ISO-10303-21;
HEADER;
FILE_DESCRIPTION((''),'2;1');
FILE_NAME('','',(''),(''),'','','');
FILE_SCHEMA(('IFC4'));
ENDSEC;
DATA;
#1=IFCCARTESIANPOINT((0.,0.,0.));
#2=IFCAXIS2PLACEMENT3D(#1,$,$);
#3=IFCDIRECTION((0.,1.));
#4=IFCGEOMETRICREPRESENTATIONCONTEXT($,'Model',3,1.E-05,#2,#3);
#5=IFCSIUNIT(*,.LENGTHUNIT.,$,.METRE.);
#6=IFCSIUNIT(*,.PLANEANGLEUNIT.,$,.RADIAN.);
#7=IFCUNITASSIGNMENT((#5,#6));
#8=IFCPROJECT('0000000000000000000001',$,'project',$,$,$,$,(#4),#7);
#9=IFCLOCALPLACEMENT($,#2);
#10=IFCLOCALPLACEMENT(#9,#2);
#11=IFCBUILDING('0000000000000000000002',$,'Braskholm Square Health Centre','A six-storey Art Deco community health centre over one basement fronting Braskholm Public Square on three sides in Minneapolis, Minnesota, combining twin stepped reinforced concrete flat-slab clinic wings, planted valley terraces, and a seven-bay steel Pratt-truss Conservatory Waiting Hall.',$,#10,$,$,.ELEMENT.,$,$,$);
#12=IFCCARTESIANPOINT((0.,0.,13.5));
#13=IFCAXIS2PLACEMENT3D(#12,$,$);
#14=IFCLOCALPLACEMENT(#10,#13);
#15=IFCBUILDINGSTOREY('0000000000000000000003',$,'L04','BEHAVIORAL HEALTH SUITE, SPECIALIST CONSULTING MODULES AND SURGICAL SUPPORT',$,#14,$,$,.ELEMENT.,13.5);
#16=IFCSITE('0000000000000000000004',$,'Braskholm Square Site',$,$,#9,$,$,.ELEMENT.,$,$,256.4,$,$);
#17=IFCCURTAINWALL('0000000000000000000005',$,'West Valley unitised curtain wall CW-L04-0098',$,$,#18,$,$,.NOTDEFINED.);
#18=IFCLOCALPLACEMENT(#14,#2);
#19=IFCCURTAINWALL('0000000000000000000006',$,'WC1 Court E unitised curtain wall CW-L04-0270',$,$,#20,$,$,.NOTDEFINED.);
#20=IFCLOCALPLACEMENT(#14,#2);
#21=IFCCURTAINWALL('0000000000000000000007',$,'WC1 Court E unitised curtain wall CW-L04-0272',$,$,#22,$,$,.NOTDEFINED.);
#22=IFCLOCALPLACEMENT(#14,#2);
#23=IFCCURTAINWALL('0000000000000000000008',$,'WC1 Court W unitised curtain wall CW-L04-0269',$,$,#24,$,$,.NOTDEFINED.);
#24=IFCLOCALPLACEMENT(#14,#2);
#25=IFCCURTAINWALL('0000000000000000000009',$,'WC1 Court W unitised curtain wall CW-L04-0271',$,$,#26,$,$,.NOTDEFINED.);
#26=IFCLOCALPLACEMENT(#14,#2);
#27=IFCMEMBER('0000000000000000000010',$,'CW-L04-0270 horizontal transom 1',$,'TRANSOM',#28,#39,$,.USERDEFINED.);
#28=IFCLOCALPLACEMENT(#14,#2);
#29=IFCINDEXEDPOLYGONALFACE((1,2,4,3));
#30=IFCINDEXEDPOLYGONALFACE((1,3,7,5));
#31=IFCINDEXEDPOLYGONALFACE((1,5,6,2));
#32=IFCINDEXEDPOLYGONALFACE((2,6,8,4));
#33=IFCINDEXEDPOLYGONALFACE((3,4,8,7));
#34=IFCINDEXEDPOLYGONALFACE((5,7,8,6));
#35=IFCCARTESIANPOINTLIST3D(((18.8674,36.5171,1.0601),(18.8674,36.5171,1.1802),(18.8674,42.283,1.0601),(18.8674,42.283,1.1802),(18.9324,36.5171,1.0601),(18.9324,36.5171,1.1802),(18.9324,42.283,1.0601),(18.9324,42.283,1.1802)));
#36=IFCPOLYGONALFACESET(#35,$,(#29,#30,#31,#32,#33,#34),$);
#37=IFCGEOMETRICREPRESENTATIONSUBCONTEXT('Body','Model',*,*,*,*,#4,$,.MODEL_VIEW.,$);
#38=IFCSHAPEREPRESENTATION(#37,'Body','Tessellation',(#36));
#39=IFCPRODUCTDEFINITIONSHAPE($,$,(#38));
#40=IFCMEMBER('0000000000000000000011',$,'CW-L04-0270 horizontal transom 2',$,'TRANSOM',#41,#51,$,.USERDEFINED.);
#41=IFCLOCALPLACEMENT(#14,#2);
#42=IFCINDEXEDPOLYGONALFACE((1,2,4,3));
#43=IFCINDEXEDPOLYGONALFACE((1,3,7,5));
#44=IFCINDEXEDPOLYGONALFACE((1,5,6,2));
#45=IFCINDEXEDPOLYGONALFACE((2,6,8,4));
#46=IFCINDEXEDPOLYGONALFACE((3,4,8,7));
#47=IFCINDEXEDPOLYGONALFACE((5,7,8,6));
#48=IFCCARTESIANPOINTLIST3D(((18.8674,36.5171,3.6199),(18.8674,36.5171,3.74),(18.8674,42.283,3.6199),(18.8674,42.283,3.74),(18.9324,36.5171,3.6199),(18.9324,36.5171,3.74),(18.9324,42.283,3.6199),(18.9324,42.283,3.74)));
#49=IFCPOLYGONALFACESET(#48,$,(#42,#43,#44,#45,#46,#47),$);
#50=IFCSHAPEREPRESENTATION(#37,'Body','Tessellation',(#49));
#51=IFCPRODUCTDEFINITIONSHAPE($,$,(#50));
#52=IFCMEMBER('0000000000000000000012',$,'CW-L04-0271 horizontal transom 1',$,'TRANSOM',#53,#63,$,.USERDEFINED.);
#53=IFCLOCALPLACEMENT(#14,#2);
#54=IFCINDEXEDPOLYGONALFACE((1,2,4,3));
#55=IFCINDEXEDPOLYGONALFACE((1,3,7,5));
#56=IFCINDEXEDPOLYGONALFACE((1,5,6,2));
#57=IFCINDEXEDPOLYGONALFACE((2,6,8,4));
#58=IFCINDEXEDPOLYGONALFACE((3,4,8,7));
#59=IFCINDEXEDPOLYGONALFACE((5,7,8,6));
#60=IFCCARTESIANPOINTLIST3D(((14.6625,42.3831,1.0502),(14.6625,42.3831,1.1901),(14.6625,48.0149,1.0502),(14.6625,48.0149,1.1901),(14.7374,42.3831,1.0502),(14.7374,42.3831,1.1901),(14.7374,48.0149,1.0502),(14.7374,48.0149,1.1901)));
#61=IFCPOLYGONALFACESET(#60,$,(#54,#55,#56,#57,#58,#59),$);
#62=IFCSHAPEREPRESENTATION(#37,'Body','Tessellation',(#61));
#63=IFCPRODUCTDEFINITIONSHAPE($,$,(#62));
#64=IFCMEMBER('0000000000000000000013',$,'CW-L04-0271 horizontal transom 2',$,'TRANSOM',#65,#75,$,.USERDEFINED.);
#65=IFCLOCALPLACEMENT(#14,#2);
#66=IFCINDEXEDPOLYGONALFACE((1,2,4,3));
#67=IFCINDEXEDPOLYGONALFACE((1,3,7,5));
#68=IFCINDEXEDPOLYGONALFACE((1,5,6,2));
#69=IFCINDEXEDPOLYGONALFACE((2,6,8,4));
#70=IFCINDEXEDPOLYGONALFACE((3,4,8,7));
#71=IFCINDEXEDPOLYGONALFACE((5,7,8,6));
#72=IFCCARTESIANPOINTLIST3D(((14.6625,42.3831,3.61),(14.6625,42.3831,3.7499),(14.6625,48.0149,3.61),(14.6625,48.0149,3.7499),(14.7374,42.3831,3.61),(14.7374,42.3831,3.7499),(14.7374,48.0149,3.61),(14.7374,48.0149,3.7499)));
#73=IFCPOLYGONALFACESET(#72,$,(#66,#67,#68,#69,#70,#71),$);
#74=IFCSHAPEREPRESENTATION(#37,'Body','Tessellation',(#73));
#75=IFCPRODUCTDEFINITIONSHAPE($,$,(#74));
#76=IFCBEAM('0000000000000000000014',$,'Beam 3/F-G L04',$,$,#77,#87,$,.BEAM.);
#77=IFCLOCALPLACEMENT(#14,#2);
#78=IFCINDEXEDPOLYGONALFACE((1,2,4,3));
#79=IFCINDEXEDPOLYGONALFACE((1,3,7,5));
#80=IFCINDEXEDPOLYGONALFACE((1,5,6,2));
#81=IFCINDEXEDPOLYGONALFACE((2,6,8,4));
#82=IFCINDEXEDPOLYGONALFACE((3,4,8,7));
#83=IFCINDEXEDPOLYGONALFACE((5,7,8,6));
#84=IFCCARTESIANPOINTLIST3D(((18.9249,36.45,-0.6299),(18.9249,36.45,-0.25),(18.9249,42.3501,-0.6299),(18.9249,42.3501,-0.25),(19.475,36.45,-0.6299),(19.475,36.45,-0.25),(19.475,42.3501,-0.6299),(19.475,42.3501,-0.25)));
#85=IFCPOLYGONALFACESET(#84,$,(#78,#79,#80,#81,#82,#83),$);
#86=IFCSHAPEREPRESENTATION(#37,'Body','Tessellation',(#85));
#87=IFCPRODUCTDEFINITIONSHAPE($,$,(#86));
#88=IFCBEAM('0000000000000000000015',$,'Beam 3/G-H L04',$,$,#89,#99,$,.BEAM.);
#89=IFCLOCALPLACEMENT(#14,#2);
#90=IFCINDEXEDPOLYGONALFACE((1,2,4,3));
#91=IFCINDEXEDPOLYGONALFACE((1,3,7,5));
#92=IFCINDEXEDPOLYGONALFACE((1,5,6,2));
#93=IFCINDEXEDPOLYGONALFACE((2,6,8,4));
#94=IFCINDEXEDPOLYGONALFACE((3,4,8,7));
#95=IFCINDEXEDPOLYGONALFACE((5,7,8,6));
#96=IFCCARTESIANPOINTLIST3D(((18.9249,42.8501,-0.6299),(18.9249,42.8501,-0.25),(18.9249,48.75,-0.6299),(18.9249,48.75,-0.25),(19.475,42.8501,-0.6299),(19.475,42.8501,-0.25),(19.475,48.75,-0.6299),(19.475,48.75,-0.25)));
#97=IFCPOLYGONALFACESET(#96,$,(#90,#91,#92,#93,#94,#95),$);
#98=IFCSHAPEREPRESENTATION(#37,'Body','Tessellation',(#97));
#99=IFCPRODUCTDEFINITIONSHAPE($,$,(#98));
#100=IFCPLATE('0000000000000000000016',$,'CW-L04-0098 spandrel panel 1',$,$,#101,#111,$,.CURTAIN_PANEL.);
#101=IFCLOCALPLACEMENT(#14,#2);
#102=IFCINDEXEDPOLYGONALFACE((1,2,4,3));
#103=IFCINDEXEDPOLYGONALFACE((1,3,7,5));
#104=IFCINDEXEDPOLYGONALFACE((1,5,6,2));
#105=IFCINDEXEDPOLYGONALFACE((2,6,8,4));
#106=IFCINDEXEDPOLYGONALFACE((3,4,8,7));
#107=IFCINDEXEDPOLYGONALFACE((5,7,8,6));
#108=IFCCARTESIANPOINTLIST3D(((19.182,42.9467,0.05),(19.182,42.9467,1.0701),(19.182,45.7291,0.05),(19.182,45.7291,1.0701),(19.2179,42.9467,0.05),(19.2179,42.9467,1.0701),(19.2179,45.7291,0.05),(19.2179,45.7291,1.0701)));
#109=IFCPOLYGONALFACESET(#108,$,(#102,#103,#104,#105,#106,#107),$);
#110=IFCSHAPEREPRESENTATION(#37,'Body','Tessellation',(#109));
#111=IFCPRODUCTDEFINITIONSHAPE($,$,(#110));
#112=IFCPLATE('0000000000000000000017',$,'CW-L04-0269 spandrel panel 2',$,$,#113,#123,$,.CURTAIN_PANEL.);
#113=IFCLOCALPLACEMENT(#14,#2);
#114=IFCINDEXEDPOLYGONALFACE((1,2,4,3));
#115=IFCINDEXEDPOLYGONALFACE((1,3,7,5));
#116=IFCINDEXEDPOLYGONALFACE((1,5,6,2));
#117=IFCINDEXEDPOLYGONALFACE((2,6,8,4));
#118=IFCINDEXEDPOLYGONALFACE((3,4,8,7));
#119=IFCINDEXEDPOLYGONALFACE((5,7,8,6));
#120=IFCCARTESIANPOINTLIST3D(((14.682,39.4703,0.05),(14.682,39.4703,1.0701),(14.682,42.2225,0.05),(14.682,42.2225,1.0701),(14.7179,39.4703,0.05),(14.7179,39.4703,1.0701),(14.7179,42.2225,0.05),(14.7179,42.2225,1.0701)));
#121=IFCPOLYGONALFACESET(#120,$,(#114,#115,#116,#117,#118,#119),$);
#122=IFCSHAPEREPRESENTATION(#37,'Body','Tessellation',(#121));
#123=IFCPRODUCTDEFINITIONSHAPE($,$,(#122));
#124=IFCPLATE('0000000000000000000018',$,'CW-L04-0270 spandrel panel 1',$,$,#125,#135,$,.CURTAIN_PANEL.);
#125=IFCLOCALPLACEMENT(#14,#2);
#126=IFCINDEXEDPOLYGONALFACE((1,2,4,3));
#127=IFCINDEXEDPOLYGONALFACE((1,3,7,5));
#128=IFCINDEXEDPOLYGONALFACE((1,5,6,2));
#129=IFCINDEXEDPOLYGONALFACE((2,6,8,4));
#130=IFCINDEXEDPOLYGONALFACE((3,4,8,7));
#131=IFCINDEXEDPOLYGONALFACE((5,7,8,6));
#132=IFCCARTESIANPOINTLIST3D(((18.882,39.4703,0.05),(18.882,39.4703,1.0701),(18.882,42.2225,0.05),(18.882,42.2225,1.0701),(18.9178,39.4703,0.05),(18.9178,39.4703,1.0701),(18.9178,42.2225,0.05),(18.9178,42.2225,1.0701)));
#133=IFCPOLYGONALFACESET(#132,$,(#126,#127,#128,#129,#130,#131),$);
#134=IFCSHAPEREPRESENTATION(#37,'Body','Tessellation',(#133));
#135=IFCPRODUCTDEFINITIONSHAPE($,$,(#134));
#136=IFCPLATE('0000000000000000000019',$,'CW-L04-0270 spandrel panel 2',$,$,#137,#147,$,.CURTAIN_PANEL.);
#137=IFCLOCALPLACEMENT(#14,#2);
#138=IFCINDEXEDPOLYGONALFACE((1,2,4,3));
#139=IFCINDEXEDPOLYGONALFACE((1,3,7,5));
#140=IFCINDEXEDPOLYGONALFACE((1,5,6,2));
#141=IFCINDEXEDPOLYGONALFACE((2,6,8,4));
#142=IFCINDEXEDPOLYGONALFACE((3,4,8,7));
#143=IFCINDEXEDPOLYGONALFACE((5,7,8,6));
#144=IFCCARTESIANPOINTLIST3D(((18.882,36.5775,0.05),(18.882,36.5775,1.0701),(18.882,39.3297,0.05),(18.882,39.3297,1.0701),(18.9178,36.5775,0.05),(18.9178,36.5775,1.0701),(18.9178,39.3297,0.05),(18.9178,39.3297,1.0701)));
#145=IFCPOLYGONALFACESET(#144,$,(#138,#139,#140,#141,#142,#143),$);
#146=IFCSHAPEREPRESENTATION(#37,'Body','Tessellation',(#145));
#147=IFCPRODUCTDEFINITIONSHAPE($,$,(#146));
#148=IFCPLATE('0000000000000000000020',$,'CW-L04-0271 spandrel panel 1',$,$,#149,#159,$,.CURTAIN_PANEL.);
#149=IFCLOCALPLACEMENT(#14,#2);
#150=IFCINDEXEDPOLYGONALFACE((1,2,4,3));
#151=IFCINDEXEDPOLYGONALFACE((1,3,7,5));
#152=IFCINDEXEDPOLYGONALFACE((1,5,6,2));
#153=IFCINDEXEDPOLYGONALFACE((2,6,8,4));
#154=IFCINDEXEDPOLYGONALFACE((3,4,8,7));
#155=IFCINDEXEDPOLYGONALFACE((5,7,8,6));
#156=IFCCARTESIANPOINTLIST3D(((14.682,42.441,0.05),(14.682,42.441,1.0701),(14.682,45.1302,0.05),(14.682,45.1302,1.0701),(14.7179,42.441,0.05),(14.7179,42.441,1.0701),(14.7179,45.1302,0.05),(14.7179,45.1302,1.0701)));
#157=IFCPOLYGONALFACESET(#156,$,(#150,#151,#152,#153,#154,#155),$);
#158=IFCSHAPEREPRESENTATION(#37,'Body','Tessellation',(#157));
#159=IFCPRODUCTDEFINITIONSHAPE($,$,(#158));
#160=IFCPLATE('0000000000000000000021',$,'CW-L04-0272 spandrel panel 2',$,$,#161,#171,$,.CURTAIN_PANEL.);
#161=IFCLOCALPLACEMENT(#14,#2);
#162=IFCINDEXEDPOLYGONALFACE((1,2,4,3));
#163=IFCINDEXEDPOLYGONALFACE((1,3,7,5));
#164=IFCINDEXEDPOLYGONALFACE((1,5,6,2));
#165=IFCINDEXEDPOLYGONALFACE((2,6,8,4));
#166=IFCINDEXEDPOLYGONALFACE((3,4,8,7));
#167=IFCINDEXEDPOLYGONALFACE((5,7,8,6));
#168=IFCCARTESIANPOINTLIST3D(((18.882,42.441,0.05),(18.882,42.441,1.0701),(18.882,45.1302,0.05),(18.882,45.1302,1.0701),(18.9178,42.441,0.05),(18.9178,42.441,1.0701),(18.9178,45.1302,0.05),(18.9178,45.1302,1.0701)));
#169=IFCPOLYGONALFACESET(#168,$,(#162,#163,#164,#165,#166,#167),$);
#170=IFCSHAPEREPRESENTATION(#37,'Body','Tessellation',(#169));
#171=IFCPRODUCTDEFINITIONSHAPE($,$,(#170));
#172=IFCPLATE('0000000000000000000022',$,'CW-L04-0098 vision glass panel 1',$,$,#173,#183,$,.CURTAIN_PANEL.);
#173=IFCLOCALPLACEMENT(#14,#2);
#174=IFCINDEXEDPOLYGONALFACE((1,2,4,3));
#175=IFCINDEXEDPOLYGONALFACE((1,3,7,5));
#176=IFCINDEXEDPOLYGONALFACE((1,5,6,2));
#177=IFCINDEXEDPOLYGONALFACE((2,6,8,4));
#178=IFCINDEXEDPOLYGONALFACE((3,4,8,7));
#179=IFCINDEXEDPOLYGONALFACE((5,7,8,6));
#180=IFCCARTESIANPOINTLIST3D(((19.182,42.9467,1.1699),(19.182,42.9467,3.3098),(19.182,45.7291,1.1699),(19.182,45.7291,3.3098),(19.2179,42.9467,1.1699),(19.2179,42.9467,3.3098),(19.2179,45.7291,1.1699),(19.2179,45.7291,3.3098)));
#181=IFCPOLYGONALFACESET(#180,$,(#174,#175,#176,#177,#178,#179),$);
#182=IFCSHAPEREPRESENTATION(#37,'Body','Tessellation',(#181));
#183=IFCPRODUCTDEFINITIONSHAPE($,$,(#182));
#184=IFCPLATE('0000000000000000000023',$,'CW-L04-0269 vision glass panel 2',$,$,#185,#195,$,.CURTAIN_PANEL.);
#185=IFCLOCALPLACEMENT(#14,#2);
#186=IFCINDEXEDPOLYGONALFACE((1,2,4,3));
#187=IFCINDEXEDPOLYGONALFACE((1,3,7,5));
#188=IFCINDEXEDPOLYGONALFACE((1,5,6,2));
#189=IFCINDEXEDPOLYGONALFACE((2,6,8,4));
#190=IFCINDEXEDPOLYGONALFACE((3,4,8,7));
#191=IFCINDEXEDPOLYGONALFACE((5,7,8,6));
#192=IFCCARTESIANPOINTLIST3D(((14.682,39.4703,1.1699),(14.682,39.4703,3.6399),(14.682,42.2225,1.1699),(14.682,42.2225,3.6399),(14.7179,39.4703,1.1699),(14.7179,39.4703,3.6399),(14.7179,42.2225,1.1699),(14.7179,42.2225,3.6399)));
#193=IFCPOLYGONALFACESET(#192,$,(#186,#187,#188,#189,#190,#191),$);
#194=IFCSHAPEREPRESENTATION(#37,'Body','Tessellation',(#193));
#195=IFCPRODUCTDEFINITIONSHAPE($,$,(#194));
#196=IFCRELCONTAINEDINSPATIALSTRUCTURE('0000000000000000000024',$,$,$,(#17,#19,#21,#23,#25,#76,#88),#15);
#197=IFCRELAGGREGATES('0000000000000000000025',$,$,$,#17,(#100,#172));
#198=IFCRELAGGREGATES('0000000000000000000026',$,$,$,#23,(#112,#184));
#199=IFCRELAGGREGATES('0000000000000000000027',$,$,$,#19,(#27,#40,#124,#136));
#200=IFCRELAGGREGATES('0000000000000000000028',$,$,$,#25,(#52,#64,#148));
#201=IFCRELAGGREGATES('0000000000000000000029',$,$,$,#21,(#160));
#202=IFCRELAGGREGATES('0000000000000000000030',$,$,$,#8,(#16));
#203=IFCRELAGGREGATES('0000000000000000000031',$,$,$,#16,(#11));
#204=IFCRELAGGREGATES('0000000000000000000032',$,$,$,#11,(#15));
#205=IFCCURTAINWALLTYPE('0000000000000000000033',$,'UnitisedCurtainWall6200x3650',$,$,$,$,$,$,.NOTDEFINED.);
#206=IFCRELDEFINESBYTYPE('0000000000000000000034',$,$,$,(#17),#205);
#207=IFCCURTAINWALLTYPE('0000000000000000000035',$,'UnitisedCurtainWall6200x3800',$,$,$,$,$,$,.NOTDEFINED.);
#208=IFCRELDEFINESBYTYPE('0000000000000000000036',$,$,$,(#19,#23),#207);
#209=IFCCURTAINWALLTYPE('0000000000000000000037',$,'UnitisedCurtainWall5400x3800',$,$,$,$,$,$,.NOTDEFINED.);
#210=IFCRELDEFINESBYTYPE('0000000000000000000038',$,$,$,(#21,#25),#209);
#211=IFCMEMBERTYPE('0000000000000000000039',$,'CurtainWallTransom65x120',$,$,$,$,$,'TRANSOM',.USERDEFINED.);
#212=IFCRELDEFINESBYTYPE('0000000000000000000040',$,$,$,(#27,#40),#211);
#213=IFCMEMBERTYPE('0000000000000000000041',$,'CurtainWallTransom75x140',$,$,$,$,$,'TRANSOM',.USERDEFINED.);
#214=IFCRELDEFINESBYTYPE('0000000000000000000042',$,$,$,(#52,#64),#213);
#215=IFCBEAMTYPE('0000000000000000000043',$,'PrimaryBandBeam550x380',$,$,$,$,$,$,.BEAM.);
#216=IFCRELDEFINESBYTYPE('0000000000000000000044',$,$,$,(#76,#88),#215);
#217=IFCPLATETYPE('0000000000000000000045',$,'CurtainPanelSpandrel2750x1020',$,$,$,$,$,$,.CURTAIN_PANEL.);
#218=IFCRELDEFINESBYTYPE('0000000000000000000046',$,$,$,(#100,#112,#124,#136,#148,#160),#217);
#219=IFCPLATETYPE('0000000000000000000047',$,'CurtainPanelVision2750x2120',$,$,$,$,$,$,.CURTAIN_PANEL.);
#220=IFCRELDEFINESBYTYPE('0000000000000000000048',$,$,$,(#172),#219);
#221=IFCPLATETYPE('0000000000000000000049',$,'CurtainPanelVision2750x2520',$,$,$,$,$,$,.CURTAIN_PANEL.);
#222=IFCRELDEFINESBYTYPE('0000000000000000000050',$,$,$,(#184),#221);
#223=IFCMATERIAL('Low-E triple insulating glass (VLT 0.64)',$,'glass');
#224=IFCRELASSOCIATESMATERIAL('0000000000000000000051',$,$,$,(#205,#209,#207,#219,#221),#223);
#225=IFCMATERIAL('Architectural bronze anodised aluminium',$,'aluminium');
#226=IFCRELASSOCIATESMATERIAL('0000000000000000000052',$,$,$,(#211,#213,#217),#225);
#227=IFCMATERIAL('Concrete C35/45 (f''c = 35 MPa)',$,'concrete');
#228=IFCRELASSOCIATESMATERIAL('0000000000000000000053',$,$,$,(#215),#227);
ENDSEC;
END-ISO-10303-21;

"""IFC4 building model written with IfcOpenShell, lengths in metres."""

from ifc_helpers import new_model, si_unit, direction, frame, origin, origin_2d, place, context, subcontext, project, spatial, rectangle, extrude, material, material_profile, profile_set, type_object, element, aggregate, save


model = new_model("IFC4")

# Units and contexts
model_context = context("Model", 3, precision=1e-05, world=origin(), true_north=direction((0.0, 1.0)))
body_context = subcontext(model_context, "Body", "Model", "MODEL_VIEW")
ifc_project = project(units=[si_unit("LENGTHUNIT", "METRE"), si_unit("PLANEANGLEUNIT", "RADIAN")], contexts=[model_context])

# Site, building, storey
site_placement = place(None, origin())
site = spatial("IfcSite", under=ifc_project, at=site_placement, Name="Braskholm Square Site", CompositionType="ELEMENT", RefElevation=256.4)
building_placement = place(site_placement, origin())
building = spatial("IfcBuilding", under=site, at=building_placement, Name="Braskholm Square Health Centre", Description="A six-storey Art Deco community health centre over one basement fronting Braskholm Public Square on three sides in Minneapolis, Minnesota, combining twin stepped reinforced concrete flat-slab clinic wings, planted valley terraces, and a seven-bay steel Pratt-truss Conservatory Waiting Hall.", CompositionType="ELEMENT")
storey_placement = place(building_placement, frame((0.0, 0.0, 13.5)))
storey = spatial("IfcBuildingStorey", under=building, at=storey_placement, Name="L04", Description="BEHAVIORAL HEALTH SUITE, SPECIALIST CONSULTING MODULES AND SURGICAL SUPPORT", CompositionType="ELEMENT", Elevation=13.5)

# Curtain wall
ifc_material_1 = material(Name="Low-E triple insulating glass (VLT 0.64)", Category="glass")
curtain_wall_type_1 = type_object("IfcCurtainWallType", Name="UnitisedCurtainWall6200x3650", PredefinedType="NOTDEFINED", material=ifc_material_1)
curtain_wall_1_placement = place(storey_placement, origin())
curtain_wall_1 = element("IfcCurtainWall", 1, at=curtain_wall_1_placement, inside=storey, type_object=curtain_wall_type_1, Name="West Valley unitised curtain wall CW-L04-0098", PredefinedType="NOTDEFINED")
ifc_material_2 = material(Name="Architectural bronze anodised aluminium", Category="aluminium")
curtain_wall_type_2 = type_object("IfcCurtainWallType", Name="UnitisedCurtainWall5400x3800", PredefinedType="NOTDEFINED", material=ifc_material_1)

# Curtain wall
curtain_wall_type_3 = type_object("IfcCurtainWallType", Name="UnitisedCurtainWall6200x3800", PredefinedType="NOTDEFINED", material=ifc_material_1)
curtain_wall_2_placement = place(storey_placement, origin())
curtain_wall_2 = element("IfcCurtainWall", 2, at=curtain_wall_2_placement, inside=storey, type_object=curtain_wall_type_3, Name="WC1 Court E unitised curtain wall CW-L04-0270", PredefinedType="NOTDEFINED")

# Curtain walls
curtain_wall_3_placement = place(storey_placement, origin())
curtain_wall_3 = element("IfcCurtainWall", 3, at=curtain_wall_3_placement, inside=storey, type_object=curtain_wall_type_2, Name="WC1 Court E unitised curtain wall CW-L04-0272", PredefinedType="NOTDEFINED")
curtain_wall_4_placement = place(storey_placement, origin())
curtain_wall_4 = element("IfcCurtainWall", 4, at=curtain_wall_4_placement, inside=storey, type_object=curtain_wall_type_3, Name="WC1 Court W unitised curtain wall CW-L04-0269", PredefinedType="NOTDEFINED")
curtain_wall_5_placement = place(storey_placement, origin())
curtain_wall_5 = element("IfcCurtainWall", 5, at=curtain_wall_5_placement, inside=storey, type_object=curtain_wall_type_2, Name="WC1 Court W unitised curtain wall CW-L04-0271", PredefinedType="NOTDEFINED")

# Members
ifc_material_profile_1 = material_profile(ifc_material_2, rectangle(XDim=0.0649, YDim=0.1201, at=origin_2d()), Name="ALU-65X120")
ifc_profile_set_1 = profile_set([ifc_material_profile_1], Name="Architectural bronze anodised aluminium")
member_type_1 = type_object("IfcMemberType", Name="CurtainWallTransom65x120", ElementType="TRANSOM", PredefinedType="USERDEFINED", material=ifc_profile_set_1)
member_1_placement = place(storey_placement, frame((18.8999, 42.283, 1.1201), z_axis=(0.0, -1.0, 0.0), x_axis=(1.0, 0.0, 0.0)))
member_1 = element("IfcMember", 6, at=member_1_placement, type_object=member_type_1, Name="CW-L04-0270 horizontal transom 1", ObjectType="TRANSOM", PredefinedType="USERDEFINED", context=body_context, shape_type="SweptSolid", body=[
    extrude(rectangle(XDim=0.0649, YDim=0.1201, at=origin_2d()), origin(), (0.0, 0.0, 1.0), 5.7659),
])
member_2_placement = place(storey_placement, frame((18.8999, 42.283, 3.6799), z_axis=(0.0, -1.0, 0.0), x_axis=(1.0, 0.0, 0.0)))
member_2 = element("IfcMember", 7, at=member_2_placement, type_object=member_type_1, Name="CW-L04-0270 horizontal transom 2", ObjectType="TRANSOM", PredefinedType="USERDEFINED", context=body_context, shape_type="SweptSolid", body=[
    extrude(rectangle(XDim=0.0649, YDim=0.1201, at=origin_2d()), origin(), (0.0, 0.0, 1.0), 5.7659),
])
ifc_material_profile_2 = material_profile(ifc_material_2, rectangle(XDim=0.075, YDim=0.1399, at=origin_2d()), Name="ALU-75X140")
ifc_profile_set_2 = profile_set([ifc_material_profile_2], Name="Architectural bronze anodised aluminium")
member_type_2 = type_object("IfcMemberType", Name="CurtainWallTransom75x140", ElementType="TRANSOM", PredefinedType="USERDEFINED", material=ifc_profile_set_2)
member_3_placement = place(storey_placement, frame((14.7, 42.3831, 1.1201), z_axis=(0.0, 1.0, 0.0), x_axis=(-1.0, 0.0, 0.0)))
member_3 = element("IfcMember", 8, at=member_3_placement, type_object=member_type_2, Name="CW-L04-0271 horizontal transom 1", ObjectType="TRANSOM", PredefinedType="USERDEFINED", context=body_context, shape_type="SweptSolid", body=[
    extrude(rectangle(XDim=0.075, YDim=0.1399, at=origin_2d()), origin(), (0.0, 0.0, 1.0), 5.6318),
])
member_4_placement = place(storey_placement, frame((14.7, 42.3831, 3.6799), z_axis=(0.0, 1.0, 0.0), x_axis=(-1.0, 0.0, 0.0)))
member_4 = element("IfcMember", 9, at=member_4_placement, type_object=member_type_2, Name="CW-L04-0271 horizontal transom 2", ObjectType="TRANSOM", PredefinedType="USERDEFINED", context=body_context, shape_type="SweptSolid", body=[
    extrude(rectangle(XDim=0.075, YDim=0.1399, at=origin_2d()), origin(), (0.0, 0.0, 1.0), 5.6318),
])

# Beams
ifc_material_3 = material(Name="Concrete C35/45 (f'c = 35 MPa)", Category="concrete")
ifc_material_profile_3 = material_profile(ifc_material_3, rectangle(XDim=0.55, YDim=0.3799, at=origin_2d()), Name="RCB-550X380")
ifc_profile_set_3 = profile_set([ifc_material_profile_3], Name="Concrete C35/45 (f'c = 35 MPa)")
beam_type = type_object("IfcBeamType", Name="PrimaryBandBeam550x380", PredefinedType="BEAM", material=ifc_profile_set_3)
beam_1_placement = place(storey_placement, frame((19.2, 36.45, -0.4399), z_axis=(0.0, 1.0, 0.0), x_axis=(-1.0, 0.0, 0.0)))
element("IfcBeam", 10, at=beam_1_placement, inside=storey, type_object=beam_type, Name="Beam 3/F-G L04", PredefinedType="BEAM", context=body_context, shape_type="SweptSolid", body=[
    extrude(rectangle(XDim=0.55, YDim=0.3799, at=origin_2d()), origin(), (0.0, 0.0, 1.0), 5.9001),
])
beam_2_placement = place(storey_placement, frame((19.2, 42.8501, -0.4399), z_axis=(0.0, 1.0, 0.0), x_axis=(-1.0, 0.0, 0.0)))
element("IfcBeam", 11, at=beam_2_placement, inside=storey, type_object=beam_type, Name="Beam 3/G-H L04", PredefinedType="BEAM", context=body_context, shape_type="SweptSolid", body=[
    extrude(rectangle(XDim=0.55, YDim=0.3799, at=origin_2d()), origin(), (0.0, 0.0, 1.0), 5.8999),
])

# Plates
plate_type_1 = type_object("IfcPlateType", Name="CurtainPanelSpandrel2750x1020", PredefinedType="CURTAIN_PANEL", material=ifc_material_2)
plate_1_placement = place(storey_placement, frame((19.2, 44.3379, 0.05), z_axis=(0.0, 0.0, 1.0), x_axis=(0.0, 1.0, 0.0)))
plate_1 = element("IfcPlate", 12, at=plate_1_placement, type_object=plate_type_1, Name="CW-L04-0098 spandrel panel 1", PredefinedType="CURTAIN_PANEL", context=body_context, shape_type="SweptSolid", body=[
    extrude(rectangle(XDim=2.7825, YDim=0.0359, at=origin_2d()), origin(), (0.0, 0.0, 1.0), 1.02),
])
plate_2_placement = place(storey_placement, frame((14.7, 40.8464, 0.05), z_axis=(0.0, 0.0, 1.0), x_axis=(0.0, 1.0, 0.0)))
plate_2 = element("IfcPlate", 13, at=plate_2_placement, type_object=plate_type_1, Name="CW-L04-0269 spandrel panel 2", PredefinedType="CURTAIN_PANEL", context=body_context, shape_type="SweptSolid", body=[
    extrude(rectangle(XDim=2.7522, YDim=0.0359, at=origin_2d()), origin(), (0.0, 0.0, 1.0), 1.02),
])
plate_3_placement = place(storey_placement, frame((18.8999, 40.8464, 0.05), z_axis=(0.0, 0.0, 1.0), x_axis=(0.0, -1.0, 0.0)))
plate_3 = element("IfcPlate", 14, at=plate_3_placement, type_object=plate_type_1, Name="CW-L04-0270 spandrel panel 1", PredefinedType="CURTAIN_PANEL", context=body_context, shape_type="SweptSolid", body=[
    extrude(rectangle(XDim=2.7522, YDim=0.0359, at=origin_2d()), origin(), (0.0, 0.0, 1.0), 1.02),
])
plate_4_placement = place(storey_placement, frame((18.8999, 37.9536, 0.05), z_axis=(0.0, 0.0, 1.0), x_axis=(0.0, -1.0, 0.0)))
plate_4 = element("IfcPlate", 15, at=plate_4_placement, type_object=plate_type_1, Name="CW-L04-0270 spandrel panel 2", PredefinedType="CURTAIN_PANEL", context=body_context, shape_type="SweptSolid", body=[
    extrude(rectangle(XDim=2.7522, YDim=0.0359, at=origin_2d()), origin(), (0.0, 0.0, 1.0), 1.02),
])
plate_5_placement = place(storey_placement, frame((14.7, 43.7856, 0.05), z_axis=(0.0, 0.0, 1.0), x_axis=(0.0, 1.0, 0.0)))
plate_5 = element("IfcPlate", 16, at=plate_5_placement, type_object=plate_type_1, Name="CW-L04-0271 spandrel panel 1", PredefinedType="CURTAIN_PANEL", context=body_context, shape_type="SweptSolid", body=[
    extrude(rectangle(XDim=2.6892, YDim=0.0359, at=origin_2d()), origin(), (0.0, 0.0, 1.0), 1.02),
])
plate_6_placement = place(storey_placement, frame((18.8999, 43.7856, 0.05), z_axis=(0.0, 0.0, 1.0), x_axis=(0.0, -1.0, 0.0)))
plate_6 = element("IfcPlate", 17, at=plate_6_placement, type_object=plate_type_1, Name="CW-L04-0272 spandrel panel 2", PredefinedType="CURTAIN_PANEL", context=body_context, shape_type="SweptSolid", body=[
    extrude(rectangle(XDim=2.6892, YDim=0.0359, at=origin_2d()), origin(), (0.0, 0.0, 1.0), 1.02),
])
plate_type_2 = type_object("IfcPlateType", Name="CurtainPanelVision2750x2120", PredefinedType="CURTAIN_PANEL", material=ifc_material_1)
plate_7_placement = place(storey_placement, frame((19.2, 44.3379, 1.1699), z_axis=(0.0, 0.0, 1.0), x_axis=(0.0, 1.0, 0.0)))
plate_7 = element("IfcPlate", 18, at=plate_7_placement, type_object=plate_type_2, Name="CW-L04-0098 vision glass panel 1", PredefinedType="CURTAIN_PANEL", context=body_context, shape_type="SweptSolid", body=[
    extrude(rectangle(XDim=2.7825, YDim=0.0359, at=origin_2d()), origin(), (0.0, 0.0, 1.0), 2.1399),
])
aggregate(curtain_wall_1, [plate_1, plate_7])
plate_type_3 = type_object("IfcPlateType", Name="CurtainPanelVision2750x2520", PredefinedType="CURTAIN_PANEL", material=ifc_material_1)
plate_8_placement = place(storey_placement, frame((14.7, 40.8464, 1.1699), z_axis=(0.0, 0.0, 1.0), x_axis=(0.0, 1.0, 0.0)))
plate_8 = element("IfcPlate", 19, at=plate_8_placement, type_object=plate_type_3, Name="CW-L04-0269 vision glass panel 2", PredefinedType="CURTAIN_PANEL", context=body_context, shape_type="SweptSolid", body=[
    extrude(rectangle(XDim=2.7522, YDim=0.0359, at=origin_2d()), origin(), (0.0, 0.0, 1.0), 2.47),
])
aggregate(curtain_wall_4, [plate_2, plate_8])
aggregate(curtain_wall_2, [member_1, member_2, plate_3, plate_4])
aggregate(curtain_wall_5, [member_3, member_4, plate_5])
aggregate(curtain_wall_3, [plate_6])

save(model, "model.ifc")
